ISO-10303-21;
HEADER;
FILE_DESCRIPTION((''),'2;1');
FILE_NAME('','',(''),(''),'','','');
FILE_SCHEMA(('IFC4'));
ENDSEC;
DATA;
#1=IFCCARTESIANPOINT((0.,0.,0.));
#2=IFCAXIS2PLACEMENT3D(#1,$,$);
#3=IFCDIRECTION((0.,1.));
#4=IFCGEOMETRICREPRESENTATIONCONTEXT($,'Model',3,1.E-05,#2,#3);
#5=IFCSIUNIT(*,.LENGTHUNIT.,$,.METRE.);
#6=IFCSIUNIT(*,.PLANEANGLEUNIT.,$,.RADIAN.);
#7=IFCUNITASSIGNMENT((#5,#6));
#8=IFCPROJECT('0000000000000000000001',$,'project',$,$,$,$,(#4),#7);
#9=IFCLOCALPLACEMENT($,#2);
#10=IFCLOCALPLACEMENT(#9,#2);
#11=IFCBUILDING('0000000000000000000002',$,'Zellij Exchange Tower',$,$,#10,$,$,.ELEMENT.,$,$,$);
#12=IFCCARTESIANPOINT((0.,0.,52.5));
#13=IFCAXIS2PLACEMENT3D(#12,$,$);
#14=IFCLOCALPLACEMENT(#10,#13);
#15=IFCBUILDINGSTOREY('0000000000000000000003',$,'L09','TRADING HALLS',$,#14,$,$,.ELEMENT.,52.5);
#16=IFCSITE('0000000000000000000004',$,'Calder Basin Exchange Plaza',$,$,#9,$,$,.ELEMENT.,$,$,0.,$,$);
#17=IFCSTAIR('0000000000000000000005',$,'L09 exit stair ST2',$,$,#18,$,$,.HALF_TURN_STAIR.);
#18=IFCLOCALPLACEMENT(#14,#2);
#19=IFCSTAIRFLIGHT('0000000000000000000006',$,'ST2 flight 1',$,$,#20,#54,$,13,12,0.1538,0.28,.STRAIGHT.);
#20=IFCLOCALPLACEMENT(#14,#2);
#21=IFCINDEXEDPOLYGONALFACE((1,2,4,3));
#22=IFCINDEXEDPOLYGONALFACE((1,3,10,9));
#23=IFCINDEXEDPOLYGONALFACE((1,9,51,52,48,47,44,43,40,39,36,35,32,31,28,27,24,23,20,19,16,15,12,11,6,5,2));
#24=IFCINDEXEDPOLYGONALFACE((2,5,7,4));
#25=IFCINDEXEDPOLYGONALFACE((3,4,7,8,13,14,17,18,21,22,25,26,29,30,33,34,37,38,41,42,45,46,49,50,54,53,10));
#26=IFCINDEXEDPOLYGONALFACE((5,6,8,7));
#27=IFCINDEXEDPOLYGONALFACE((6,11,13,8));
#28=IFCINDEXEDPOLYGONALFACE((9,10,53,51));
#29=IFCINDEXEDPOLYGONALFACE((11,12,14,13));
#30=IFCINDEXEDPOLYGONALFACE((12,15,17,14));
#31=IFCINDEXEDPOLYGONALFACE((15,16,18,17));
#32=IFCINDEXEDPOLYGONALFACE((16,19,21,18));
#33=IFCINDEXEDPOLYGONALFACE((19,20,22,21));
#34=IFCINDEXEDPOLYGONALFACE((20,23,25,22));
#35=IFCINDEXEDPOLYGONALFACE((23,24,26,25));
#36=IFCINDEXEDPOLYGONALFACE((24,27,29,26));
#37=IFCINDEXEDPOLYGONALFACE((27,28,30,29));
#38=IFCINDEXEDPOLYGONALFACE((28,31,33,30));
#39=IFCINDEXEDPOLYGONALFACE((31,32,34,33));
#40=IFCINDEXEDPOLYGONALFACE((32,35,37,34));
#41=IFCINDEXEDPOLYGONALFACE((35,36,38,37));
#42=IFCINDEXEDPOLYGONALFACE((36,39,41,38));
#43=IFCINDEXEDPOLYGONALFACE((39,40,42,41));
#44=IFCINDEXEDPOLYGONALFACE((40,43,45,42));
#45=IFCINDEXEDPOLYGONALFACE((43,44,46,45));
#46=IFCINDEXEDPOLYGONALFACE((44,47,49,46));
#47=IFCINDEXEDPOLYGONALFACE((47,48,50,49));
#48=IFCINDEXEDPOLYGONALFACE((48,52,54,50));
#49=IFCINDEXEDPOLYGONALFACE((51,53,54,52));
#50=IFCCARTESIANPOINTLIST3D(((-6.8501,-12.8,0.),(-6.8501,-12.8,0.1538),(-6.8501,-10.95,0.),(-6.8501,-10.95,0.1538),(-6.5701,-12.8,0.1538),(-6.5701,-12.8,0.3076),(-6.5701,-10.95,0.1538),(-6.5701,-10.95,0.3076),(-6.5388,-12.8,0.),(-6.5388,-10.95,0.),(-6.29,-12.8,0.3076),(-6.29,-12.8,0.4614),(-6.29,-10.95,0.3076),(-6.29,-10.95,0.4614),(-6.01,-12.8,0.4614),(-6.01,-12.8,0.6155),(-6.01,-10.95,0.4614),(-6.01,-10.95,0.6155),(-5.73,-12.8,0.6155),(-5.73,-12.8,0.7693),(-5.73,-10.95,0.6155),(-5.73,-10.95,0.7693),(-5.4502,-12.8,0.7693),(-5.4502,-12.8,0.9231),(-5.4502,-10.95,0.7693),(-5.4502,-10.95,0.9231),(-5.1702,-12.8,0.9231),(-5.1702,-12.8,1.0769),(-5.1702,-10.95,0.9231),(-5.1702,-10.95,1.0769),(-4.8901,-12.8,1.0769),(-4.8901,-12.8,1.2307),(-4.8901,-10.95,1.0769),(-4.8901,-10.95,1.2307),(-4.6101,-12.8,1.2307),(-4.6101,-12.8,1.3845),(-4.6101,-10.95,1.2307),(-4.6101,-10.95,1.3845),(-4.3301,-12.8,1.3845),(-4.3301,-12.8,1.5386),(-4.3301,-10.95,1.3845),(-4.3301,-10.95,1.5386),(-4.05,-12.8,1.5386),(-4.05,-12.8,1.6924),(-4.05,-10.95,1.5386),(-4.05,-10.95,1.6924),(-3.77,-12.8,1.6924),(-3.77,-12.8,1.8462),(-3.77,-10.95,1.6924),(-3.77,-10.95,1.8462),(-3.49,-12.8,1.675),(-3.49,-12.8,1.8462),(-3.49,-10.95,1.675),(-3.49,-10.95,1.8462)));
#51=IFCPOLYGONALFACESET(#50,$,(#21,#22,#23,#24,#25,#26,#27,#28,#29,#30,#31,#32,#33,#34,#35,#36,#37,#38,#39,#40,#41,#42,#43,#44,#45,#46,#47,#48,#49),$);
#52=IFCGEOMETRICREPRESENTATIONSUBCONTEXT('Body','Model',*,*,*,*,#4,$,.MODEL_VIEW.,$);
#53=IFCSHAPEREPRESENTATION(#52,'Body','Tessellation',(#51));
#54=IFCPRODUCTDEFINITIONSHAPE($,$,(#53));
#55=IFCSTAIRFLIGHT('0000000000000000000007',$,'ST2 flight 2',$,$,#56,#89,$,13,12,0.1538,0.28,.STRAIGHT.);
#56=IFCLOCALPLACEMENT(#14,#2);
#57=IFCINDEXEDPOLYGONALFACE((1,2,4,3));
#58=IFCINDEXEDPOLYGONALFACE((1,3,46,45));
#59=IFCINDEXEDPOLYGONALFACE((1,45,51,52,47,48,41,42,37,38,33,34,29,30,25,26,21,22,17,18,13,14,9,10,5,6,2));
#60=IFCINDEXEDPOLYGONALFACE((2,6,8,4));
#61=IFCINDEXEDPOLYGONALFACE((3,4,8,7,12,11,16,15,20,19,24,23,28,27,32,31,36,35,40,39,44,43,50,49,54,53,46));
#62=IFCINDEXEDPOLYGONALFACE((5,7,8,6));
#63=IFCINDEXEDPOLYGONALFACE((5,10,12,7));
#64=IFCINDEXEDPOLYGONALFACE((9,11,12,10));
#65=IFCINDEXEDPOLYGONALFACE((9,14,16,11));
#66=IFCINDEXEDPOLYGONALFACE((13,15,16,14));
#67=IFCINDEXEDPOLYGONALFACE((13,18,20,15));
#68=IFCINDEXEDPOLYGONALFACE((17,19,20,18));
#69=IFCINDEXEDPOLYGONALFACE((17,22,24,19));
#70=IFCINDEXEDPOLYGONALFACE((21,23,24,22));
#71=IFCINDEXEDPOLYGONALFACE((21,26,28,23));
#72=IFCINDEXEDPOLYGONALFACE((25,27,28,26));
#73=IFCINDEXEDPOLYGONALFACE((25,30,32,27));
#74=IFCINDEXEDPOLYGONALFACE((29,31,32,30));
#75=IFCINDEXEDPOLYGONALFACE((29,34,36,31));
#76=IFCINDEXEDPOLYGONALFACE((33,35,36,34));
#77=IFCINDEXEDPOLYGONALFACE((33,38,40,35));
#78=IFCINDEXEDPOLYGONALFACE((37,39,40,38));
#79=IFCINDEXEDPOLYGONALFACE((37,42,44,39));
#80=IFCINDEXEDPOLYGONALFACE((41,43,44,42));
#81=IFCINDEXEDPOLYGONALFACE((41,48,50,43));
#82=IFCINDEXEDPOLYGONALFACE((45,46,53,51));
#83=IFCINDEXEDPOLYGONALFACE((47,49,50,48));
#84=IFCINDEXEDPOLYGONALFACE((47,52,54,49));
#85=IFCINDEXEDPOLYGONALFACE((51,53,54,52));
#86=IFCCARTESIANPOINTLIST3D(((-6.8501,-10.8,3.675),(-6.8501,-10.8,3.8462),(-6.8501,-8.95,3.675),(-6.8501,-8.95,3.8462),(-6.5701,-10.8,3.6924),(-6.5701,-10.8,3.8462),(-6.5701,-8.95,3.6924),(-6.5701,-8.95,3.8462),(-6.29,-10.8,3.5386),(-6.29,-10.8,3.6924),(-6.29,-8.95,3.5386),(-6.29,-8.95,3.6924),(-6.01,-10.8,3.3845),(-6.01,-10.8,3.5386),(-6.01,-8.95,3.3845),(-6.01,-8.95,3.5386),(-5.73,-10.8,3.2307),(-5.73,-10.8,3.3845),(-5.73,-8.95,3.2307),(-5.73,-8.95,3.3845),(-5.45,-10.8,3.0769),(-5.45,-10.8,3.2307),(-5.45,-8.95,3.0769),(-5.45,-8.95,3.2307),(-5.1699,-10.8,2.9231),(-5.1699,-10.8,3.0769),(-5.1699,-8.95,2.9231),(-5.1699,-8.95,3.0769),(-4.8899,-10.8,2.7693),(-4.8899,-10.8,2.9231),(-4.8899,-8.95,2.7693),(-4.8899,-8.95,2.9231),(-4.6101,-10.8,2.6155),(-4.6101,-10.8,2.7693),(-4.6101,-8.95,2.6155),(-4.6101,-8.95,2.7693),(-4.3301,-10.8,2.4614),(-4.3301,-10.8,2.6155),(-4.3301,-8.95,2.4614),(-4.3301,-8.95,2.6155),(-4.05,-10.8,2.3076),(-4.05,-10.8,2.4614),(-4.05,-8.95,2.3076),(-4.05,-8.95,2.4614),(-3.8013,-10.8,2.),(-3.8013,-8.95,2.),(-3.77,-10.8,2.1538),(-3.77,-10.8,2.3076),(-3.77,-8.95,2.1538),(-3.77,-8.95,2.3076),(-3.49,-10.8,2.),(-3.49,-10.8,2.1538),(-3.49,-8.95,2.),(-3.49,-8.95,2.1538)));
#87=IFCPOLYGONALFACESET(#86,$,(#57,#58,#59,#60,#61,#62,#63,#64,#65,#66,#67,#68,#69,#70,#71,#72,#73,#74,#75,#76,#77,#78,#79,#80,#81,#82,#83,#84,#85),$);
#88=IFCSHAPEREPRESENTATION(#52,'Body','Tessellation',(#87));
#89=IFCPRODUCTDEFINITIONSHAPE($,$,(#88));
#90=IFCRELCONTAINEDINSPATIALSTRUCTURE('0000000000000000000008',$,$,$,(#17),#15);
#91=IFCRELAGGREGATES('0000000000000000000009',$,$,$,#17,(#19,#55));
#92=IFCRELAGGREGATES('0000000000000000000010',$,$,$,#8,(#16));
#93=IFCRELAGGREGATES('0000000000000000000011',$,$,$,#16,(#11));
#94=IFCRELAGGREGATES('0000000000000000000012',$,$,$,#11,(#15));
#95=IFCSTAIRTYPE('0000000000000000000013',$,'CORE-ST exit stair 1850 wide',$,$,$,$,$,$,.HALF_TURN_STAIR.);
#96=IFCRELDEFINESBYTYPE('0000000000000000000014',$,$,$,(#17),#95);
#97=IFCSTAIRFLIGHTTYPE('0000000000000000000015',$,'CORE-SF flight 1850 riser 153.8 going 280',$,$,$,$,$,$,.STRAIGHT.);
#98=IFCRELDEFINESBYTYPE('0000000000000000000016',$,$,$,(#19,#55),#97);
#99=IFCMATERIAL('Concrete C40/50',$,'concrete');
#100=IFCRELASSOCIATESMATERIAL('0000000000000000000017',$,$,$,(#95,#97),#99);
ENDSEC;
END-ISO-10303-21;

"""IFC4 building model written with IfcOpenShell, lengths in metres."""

from ifc_helpers import new_model, si_unit, direction, frame, origin, place, context, subcontext, project, spatial, polyline, outline, extrude, material, type_object, element, aggregate, save


model = new_model("IFC4")

# Units and contexts
model_context = context("Model", 3, precision=1e-05, world=origin(), true_north=direction((0.0, 1.0)))
body_context = subcontext(model_context, "Body", "Model", "MODEL_VIEW")
ifc_project = project(units=[si_unit("LENGTHUNIT", "METRE"), si_unit("PLANEANGLEUNIT", "RADIAN")], contexts=[model_context])

# Site, building, storey
site_placement = place(None, origin())
site = spatial("IfcSite", under=ifc_project, at=site_placement, Name="Calder Basin Exchange Plaza", CompositionType="ELEMENT", RefElevation=0.0)
building_placement = place(site_placement, origin())
building = spatial("IfcBuilding", under=site, at=building_placement, Name="Zellij Exchange Tower", CompositionType="ELEMENT")
storey_placement = place(building_placement, frame((0.0, 0.0, 52.5)))
storey = spatial("IfcBuildingStorey", under=building, at=storey_placement, Name="L09", Description="TRADING HALLS", CompositionType="ELEMENT", Elevation=52.5)

# Shared definitions
ifc_material_1 = material(Name="Concrete C40/50", Category="concrete")
stair_type = type_object("IfcStairType", Name="CORE-ST exit stair 1850 wide", PredefinedType="HALF_TURN_STAIR", material=ifc_material_1)
stair_flight_type = type_object("IfcStairFlightType", Name="CORE-SF flight 1850 riser 153.8 going 280", PredefinedType="STRAIGHT", material=ifc_material_1)

# Stair, stair flights
stair_1_placement = place(storey_placement, origin())
stair_1 = element("IfcStair", 1, at=stair_1_placement, inside=storey, type_object=stair_type, Name="L09 exit stair ST2", PredefinedType="HALF_TURN_STAIR")
stair_flight_1_placement = place(storey_placement, frame((-6.8501, -11.875, 0.0), z_axis=(0.0, 0.0, 1.0), x_axis=(1.0, 0.0, 0.0)))
stair_flight_1 = element("IfcStairFlight", 2, at=stair_flight_1_placement, type_object=stair_flight_type, Name="ST2 flight 1", NumberOfRisers=13, NumberOfTreads=12, PredefinedType="STRAIGHT", RiserHeight=0.1538, TreadLength=0.28, context=body_context, shape_type="SweptSolid", body=[
    extrude(outline(polyline([(0.0, 0.0), (0.0, 0.1538), (0.28, 0.1538), (0.28, 0.3076), (0.5601, 0.3076), (0.5601, 0.4614), (0.8401, 0.4614), (0.8401, 0.6155), (1.1201, 0.6155), (1.1201, 0.7693), (1.3999, 0.7693), (1.3999, 0.9231), (1.6799, 0.9231), (1.6799, 1.0769), (1.96, 1.0769), (1.96, 1.2307), (2.24, 1.2307), (2.24, 1.3845), (2.52, 1.3845), (2.52, 1.5386), (2.8, 1.5386), (2.8, 1.6924), (3.0801, 1.6924), (3.0801, 1.8462), (3.3601, 1.8462), (3.3601, 2.0), (3.3601, 1.675), (0.3113, 0.0), (0.0, 0.0)])), frame((0.0, 0.925, 0.0), z_axis=(0.0, -1.0, 0.0), x_axis=(1.0, 0.0, 0.0)), (0.0, 0.0, 1.0), 1.8501),
])
stair_flight_2_placement = place(storey_placement, frame((-3.49, -9.875, 2.0), z_axis=(0.0, 0.0, 1.0), x_axis=(-1.0, 0.0, 0.0)))
stair_flight_2 = element("IfcStairFlight", 3, at=stair_flight_2_placement, type_object=stair_flight_type, Name="ST2 flight 2", NumberOfRisers=13, NumberOfTreads=12, PredefinedType="STRAIGHT", RiserHeight=0.1538, TreadLength=0.28, context=body_context, shape_type="SweptSolid", body=[
    extrude(outline(polyline([(0.0, 0.0), (0.0, 0.1538), (0.28, 0.1538), (0.28, 0.3076), (0.5601, 0.3076), (0.5601, 0.4614), (0.8401, 0.4614), (0.8401, 0.6155), (1.1201, 0.6155), (1.1201, 0.7693), (1.3999, 0.7693), (1.3999, 0.9231), (1.6799, 0.9231), (1.6799, 1.0769), (1.96, 1.0769), (1.96, 1.2307), (2.24, 1.2307), (2.24, 1.3845), (2.52, 1.3845), (2.52, 1.5386), (2.8, 1.5386), (2.8, 1.6924), (3.0801, 1.6924), (3.0801, 1.8462), (3.3601, 1.8462), (3.3601, 2.0), (3.3601, 1.675), (0.3113, 0.0), (0.0, 0.0)])), frame((0.0, 0.925, 0.0), z_axis=(0.0, -1.0, 0.0), x_axis=(1.0, 0.0, 0.0)), (0.0, 0.0, 1.0), 1.8501),
])
aggregate(stair_1, [stair_flight_1, stair_flight_2])

save(model, "model.ifc")
